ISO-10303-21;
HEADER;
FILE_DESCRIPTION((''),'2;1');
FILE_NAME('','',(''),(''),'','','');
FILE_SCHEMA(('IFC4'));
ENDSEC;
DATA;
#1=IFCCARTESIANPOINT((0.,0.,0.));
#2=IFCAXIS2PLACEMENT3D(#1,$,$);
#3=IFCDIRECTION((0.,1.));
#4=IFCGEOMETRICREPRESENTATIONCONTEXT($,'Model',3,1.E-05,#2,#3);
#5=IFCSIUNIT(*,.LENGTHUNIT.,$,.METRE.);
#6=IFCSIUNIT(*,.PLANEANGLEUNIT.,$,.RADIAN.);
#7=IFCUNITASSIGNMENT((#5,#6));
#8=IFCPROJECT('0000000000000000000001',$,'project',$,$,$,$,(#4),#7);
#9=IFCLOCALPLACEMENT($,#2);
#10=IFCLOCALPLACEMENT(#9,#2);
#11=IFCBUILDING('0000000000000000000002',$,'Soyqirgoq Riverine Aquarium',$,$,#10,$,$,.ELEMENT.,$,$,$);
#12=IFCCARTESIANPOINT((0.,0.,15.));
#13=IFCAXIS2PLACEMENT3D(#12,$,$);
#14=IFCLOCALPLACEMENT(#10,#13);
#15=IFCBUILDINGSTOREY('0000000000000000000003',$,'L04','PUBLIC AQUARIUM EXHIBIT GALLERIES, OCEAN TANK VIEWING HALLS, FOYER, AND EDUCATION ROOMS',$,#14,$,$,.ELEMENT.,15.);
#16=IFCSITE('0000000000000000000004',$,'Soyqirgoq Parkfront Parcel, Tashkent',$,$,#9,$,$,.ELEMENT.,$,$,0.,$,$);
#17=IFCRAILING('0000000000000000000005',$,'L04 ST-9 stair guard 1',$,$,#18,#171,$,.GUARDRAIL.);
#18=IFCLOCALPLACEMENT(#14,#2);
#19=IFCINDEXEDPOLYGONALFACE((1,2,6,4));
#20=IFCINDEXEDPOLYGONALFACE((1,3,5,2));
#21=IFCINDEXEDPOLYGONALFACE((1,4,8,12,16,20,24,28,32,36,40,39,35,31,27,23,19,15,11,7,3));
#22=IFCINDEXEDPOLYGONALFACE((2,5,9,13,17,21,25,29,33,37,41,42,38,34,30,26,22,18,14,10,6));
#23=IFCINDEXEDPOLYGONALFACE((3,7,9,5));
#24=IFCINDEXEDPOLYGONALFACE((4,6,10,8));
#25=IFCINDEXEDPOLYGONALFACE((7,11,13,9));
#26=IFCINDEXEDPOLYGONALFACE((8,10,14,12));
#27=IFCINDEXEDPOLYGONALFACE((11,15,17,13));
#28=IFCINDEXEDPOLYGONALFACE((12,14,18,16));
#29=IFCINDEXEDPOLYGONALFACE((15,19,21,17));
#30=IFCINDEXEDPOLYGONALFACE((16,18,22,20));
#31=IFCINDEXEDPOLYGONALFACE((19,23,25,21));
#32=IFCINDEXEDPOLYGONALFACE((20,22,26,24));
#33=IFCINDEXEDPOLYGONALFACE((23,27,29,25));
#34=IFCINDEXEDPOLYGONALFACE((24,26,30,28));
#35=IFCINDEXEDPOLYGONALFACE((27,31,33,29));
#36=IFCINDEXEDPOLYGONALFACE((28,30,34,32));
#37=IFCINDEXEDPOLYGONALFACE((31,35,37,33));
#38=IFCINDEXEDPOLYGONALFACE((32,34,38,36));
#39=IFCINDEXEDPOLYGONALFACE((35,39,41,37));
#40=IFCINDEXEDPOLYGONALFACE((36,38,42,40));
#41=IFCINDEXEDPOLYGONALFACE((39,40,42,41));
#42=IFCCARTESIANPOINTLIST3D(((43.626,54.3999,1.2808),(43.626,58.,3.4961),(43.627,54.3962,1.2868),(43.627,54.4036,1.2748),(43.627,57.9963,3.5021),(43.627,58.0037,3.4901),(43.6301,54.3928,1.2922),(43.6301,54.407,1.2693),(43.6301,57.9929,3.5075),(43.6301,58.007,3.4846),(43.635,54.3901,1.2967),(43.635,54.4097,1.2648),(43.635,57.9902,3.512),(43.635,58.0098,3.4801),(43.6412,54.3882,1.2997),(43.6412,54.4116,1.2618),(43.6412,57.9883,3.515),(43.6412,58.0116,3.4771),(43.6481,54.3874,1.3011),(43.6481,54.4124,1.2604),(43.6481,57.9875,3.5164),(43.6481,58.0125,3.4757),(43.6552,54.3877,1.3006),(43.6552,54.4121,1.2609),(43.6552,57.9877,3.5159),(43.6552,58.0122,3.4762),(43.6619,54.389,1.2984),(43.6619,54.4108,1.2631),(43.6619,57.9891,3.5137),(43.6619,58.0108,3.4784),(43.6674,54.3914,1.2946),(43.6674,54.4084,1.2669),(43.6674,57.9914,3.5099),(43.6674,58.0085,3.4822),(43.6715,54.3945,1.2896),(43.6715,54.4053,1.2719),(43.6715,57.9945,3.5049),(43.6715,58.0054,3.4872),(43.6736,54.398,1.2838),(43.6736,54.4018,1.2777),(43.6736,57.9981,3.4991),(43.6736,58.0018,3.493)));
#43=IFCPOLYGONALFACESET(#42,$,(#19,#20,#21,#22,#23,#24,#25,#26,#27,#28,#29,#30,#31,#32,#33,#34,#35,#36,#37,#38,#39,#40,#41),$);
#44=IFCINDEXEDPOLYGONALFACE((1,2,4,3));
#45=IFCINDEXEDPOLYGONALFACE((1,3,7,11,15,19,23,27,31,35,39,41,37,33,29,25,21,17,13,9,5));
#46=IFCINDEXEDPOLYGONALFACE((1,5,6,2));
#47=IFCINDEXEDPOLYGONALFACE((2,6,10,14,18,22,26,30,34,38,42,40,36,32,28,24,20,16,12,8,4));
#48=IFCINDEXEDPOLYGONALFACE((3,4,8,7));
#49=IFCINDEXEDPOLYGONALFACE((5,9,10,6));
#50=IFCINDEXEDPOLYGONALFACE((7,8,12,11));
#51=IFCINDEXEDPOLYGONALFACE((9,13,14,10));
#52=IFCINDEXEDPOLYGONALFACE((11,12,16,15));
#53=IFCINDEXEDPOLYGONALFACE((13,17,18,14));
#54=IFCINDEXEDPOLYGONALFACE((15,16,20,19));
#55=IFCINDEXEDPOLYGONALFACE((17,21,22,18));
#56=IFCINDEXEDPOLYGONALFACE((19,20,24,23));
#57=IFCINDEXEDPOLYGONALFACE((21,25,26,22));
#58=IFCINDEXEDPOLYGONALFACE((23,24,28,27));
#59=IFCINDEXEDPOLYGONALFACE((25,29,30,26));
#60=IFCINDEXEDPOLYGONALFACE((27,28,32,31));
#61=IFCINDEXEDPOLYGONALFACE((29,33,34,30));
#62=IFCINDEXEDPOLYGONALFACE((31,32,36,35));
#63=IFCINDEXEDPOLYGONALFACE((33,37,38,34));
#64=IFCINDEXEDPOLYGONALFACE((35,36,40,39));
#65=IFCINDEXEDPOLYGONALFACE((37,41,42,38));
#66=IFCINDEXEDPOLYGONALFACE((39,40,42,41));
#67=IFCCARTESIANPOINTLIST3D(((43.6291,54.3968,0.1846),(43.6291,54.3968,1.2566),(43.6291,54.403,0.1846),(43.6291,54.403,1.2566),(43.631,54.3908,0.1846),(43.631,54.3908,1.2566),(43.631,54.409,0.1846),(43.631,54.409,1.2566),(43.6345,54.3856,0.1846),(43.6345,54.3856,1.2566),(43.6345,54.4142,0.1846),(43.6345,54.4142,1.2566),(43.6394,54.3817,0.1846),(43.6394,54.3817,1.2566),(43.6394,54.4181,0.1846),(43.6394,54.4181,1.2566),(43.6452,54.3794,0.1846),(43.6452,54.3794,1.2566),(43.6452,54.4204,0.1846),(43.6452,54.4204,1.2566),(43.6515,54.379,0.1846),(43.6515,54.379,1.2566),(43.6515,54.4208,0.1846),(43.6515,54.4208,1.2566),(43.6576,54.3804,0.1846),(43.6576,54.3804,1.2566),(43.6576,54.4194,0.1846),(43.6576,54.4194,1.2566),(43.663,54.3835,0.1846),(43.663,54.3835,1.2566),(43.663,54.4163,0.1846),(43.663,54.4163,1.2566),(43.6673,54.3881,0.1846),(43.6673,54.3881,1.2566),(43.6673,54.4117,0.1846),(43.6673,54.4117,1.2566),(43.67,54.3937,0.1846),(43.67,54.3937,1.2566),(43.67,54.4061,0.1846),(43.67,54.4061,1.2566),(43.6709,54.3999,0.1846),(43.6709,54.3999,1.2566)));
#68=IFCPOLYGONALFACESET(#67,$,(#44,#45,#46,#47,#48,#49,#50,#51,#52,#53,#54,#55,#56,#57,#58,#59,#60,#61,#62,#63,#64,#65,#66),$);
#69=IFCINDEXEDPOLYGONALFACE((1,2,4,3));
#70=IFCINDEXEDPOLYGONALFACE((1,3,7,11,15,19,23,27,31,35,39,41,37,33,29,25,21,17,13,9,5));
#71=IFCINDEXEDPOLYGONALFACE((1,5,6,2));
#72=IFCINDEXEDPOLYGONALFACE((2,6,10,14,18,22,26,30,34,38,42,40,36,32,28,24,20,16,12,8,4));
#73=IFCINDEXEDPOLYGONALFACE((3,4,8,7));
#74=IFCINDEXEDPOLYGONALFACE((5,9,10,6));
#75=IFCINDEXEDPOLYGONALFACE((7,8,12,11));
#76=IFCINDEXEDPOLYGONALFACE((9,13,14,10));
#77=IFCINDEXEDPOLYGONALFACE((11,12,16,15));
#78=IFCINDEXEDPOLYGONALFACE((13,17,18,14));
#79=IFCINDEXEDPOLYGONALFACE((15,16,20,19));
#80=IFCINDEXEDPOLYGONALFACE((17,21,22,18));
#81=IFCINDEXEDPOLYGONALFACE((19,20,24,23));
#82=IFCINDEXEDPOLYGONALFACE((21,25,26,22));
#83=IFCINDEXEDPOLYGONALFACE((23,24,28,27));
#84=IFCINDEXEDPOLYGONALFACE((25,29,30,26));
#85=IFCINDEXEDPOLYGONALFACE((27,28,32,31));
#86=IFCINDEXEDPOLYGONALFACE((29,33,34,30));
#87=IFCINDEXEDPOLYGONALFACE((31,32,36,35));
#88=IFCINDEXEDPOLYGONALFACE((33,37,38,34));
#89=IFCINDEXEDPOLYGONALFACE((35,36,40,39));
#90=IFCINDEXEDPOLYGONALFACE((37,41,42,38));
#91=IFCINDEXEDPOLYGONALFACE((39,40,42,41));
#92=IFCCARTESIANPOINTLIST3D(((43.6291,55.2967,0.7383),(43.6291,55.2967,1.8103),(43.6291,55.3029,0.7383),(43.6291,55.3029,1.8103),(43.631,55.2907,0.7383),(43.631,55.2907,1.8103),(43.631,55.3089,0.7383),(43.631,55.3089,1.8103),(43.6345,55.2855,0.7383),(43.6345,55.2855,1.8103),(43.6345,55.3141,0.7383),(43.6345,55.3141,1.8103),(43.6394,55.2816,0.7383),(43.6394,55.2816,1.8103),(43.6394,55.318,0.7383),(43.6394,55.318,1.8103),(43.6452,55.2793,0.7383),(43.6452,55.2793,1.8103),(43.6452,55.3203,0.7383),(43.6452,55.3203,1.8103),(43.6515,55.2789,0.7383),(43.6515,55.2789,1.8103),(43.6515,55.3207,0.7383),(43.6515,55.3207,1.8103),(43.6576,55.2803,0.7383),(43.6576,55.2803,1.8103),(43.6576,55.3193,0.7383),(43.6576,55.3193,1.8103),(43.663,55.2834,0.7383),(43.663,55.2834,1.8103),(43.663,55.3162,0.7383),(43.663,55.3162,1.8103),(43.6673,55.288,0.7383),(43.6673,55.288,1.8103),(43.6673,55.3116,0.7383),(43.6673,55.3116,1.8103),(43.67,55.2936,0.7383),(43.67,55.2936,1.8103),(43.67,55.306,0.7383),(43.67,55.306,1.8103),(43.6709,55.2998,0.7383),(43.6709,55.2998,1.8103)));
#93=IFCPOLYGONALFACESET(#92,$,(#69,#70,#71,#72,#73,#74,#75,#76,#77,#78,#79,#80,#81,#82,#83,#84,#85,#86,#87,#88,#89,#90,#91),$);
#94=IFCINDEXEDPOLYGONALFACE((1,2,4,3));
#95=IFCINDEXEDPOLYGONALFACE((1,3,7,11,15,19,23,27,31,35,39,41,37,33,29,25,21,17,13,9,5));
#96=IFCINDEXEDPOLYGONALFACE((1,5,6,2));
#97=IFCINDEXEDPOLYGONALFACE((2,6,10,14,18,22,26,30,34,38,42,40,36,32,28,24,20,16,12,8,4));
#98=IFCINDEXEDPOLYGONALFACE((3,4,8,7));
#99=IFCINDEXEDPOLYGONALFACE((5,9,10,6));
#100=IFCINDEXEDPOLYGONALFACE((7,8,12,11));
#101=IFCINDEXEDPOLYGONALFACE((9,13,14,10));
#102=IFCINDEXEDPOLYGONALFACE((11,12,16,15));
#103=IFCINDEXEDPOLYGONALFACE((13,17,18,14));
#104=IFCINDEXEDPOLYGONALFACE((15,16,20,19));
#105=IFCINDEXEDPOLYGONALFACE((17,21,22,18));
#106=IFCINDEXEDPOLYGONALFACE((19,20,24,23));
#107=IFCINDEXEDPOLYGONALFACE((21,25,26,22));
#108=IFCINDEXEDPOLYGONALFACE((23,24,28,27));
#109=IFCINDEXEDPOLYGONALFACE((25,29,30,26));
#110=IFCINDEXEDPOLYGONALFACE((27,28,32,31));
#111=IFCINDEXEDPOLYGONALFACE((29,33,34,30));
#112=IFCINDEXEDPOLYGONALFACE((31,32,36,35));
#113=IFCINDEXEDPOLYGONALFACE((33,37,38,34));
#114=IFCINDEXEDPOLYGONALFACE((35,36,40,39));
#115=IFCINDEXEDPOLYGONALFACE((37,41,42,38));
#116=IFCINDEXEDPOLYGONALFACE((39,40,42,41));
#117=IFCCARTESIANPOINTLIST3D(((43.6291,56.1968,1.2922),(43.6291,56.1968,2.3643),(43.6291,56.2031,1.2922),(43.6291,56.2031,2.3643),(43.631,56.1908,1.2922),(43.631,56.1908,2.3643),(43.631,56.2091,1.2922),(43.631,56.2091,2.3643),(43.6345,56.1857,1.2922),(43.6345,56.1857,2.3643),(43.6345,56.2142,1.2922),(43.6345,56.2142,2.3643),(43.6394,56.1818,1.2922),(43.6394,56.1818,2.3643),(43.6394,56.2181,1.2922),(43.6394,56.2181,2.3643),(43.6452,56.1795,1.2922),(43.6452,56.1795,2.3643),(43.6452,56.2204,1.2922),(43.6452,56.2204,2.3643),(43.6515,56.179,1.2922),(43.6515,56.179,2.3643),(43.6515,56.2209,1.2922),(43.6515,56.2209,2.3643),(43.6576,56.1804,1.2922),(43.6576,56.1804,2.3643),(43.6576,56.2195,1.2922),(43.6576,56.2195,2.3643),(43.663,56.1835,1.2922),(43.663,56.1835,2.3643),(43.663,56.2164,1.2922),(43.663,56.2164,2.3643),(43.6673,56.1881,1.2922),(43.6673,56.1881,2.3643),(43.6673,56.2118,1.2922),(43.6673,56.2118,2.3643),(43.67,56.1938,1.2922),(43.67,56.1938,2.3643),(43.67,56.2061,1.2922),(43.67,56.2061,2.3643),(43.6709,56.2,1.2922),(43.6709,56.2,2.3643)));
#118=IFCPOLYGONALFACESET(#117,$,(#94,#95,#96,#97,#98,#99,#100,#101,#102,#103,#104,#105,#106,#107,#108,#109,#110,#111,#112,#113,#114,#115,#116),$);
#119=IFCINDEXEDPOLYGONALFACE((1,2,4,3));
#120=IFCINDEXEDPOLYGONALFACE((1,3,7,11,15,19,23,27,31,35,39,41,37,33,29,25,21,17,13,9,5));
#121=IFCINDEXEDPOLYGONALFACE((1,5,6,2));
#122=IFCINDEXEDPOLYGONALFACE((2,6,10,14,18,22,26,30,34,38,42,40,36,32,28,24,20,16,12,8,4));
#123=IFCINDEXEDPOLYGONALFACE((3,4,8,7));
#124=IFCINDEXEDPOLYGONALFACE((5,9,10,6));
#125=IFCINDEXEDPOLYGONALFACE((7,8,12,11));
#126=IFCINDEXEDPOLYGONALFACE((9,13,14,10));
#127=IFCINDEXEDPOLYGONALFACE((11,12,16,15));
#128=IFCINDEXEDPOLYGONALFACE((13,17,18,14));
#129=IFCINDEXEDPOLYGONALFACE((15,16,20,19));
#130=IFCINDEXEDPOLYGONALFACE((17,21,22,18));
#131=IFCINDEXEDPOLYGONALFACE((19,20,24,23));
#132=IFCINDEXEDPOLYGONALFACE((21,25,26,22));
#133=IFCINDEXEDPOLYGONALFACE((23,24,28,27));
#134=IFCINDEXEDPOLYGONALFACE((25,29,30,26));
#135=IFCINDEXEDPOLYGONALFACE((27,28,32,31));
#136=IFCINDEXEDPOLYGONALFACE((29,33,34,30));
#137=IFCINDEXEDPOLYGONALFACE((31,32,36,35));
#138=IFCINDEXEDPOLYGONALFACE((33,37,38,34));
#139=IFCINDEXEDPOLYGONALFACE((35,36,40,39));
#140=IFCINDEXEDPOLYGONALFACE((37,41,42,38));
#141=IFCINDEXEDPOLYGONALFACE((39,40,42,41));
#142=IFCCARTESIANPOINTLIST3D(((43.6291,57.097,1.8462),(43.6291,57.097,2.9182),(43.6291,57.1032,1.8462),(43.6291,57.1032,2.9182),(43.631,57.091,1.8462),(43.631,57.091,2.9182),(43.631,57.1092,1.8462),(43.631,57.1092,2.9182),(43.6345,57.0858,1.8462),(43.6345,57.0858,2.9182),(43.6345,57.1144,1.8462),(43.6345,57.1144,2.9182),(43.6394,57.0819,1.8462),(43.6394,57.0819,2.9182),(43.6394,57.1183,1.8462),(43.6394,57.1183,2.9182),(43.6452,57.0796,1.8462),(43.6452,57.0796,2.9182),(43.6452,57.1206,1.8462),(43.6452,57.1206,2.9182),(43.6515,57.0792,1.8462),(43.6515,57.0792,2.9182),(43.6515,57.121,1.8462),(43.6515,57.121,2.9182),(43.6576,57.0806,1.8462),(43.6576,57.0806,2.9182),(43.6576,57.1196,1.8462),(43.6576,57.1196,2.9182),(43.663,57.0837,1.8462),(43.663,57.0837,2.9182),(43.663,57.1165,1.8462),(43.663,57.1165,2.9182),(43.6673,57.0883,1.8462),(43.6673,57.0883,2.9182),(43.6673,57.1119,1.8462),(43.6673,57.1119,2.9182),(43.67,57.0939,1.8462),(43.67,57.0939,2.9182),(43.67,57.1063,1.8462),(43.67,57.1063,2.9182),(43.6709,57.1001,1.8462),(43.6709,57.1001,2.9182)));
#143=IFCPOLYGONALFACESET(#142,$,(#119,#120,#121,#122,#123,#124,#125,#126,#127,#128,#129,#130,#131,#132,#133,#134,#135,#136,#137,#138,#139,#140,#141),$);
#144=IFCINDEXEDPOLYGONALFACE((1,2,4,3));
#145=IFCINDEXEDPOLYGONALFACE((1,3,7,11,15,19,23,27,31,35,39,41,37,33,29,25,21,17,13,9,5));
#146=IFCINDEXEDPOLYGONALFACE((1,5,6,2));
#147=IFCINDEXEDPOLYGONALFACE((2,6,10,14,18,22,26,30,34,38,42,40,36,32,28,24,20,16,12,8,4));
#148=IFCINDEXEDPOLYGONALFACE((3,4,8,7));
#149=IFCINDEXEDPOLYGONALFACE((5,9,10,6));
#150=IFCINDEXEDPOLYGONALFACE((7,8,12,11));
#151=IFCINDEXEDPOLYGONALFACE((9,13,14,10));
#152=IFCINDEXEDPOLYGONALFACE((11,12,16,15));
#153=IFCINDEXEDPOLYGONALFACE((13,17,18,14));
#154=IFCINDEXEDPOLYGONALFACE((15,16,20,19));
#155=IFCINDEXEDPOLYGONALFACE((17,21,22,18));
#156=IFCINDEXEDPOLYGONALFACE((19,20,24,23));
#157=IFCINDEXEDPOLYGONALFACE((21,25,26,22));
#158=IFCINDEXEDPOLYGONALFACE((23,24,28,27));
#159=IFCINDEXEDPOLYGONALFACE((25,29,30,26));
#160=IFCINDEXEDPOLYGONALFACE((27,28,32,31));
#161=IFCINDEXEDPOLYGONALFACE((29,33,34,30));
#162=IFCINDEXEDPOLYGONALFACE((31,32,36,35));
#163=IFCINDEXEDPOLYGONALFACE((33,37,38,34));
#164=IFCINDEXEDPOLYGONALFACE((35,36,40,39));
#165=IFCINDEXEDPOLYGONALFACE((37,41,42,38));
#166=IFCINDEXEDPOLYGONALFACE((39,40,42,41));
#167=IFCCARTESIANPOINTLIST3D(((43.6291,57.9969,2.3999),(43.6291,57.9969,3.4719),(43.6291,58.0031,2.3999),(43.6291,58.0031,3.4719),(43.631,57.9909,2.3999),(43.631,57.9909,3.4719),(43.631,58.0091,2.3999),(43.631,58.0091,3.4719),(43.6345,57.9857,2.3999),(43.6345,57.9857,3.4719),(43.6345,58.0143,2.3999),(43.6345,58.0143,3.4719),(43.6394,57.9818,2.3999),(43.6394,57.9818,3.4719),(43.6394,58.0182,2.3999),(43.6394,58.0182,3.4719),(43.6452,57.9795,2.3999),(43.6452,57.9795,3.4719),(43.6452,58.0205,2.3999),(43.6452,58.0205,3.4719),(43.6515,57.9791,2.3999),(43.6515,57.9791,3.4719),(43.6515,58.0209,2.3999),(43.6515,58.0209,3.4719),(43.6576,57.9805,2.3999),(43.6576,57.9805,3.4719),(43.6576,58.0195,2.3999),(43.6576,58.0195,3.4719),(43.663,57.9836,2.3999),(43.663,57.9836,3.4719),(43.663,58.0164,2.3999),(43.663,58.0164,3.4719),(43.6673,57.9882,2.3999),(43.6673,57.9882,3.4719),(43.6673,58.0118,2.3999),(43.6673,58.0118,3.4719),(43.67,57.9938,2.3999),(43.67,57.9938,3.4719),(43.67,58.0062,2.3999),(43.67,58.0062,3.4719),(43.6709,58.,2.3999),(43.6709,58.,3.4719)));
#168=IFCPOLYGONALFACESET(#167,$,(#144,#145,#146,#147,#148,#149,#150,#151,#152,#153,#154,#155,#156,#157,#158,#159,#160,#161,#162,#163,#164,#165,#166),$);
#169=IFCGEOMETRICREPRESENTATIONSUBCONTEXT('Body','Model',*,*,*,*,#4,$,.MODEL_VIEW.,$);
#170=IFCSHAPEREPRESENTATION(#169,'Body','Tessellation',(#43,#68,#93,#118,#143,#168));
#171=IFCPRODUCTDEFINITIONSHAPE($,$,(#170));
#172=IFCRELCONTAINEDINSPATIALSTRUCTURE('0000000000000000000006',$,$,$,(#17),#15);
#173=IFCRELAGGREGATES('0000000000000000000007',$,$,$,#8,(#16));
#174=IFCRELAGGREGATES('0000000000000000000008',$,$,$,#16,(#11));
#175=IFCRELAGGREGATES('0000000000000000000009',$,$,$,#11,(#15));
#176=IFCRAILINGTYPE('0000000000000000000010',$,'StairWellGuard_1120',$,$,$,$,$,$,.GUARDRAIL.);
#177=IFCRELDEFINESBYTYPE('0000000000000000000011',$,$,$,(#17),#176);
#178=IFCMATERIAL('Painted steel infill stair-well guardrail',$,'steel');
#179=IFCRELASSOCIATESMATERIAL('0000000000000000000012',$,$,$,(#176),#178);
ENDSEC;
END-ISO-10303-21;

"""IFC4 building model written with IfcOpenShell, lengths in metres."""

from ifc_helpers import new_model, si_unit, direction, frame, origin, origin_2d, place, context, subcontext, project, spatial, circle, extrude, material, type_object, element, save


model = new_model("IFC4")

# Units and contexts
model_context = context("Model", 3, precision=1e-05, world=origin(), true_north=direction((0.0, 1.0)))
body_context = subcontext(model_context, "Body", "Model", "MODEL_VIEW")
ifc_project = project(units=[si_unit("LENGTHUNIT", "METRE"), si_unit("PLANEANGLEUNIT", "RADIAN")], contexts=[model_context])

# Site, building, storey
site_placement = place(None, origin())
site = spatial("IfcSite", under=ifc_project, at=site_placement, Name="Soyqirgoq Parkfront Parcel, Tashkent", CompositionType="ELEMENT", RefElevation=0.0)
building_placement = place(site_placement, origin())
building = spatial("IfcBuilding", under=site, at=building_placement, Name="Soyqirgoq Riverine Aquarium", CompositionType="ELEMENT")
storey_placement = place(building_placement, frame((0.0, 0.0, 15.0)))
storey = spatial("IfcBuildingStorey", under=building, at=storey_placement, Name="L04", Description="PUBLIC AQUARIUM EXHIBIT GALLERIES, OCEAN TANK VIEWING HALLS, FOYER, AND EDUCATION ROOMS", CompositionType="ELEMENT", Elevation=15.0)

# Railing
ifc_material_1 = material(Name="Painted steel infill stair-well guardrail", Category="steel")
railing_type_1 = type_object("IfcRailingType", Name="StairWellGuard_1120", PredefinedType="GUARDRAIL", material=ifc_material_1)
railing_1_placement = place(storey_placement, frame((43.6499, 54.3999, 0.1846)))
element("IfcRailing", 1, at=railing_1_placement, inside=storey, type_object=railing_type_1, Name="L04 ST-9 stair guard 1", PredefinedType="GUARDRAIL", context=body_context, shape_type="SweptSolid", body=[
    extrude(circle(Radius=0.0239, at=origin_2d()), frame((0.0, 0.0, 1.0962), z_axis=(0.0, 0.85167, 0.524078), x_axis=(-1.0, 0.0, 0.0)), (0.0, 0.0, 1.0), 4.2271),
    extrude(circle(Radius=0.021, at=origin_2d()), origin(), (0.0, 0.0, 1.0), 1.072),
    extrude(circle(Radius=0.021, at=origin_2d()), frame((0.0, 0.8999, 0.5537)), (0.0, 0.0, 1.0), 1.072),
    extrude(circle(Radius=0.021, at=origin_2d()), frame((0.0, 1.8, 1.1077)), (0.0, 0.0, 1.0), 1.072),
    extrude(circle(Radius=0.021, at=origin_2d()), frame((0.0, 2.7002, 1.6616)), (0.0, 0.0, 1.0), 1.072),
    extrude(circle(Radius=0.021, at=origin_2d()), frame((0.0, 3.6001, 2.2153)), (0.0, 0.0, 1.0), 1.072),
])

save(model, "model.ifc")
